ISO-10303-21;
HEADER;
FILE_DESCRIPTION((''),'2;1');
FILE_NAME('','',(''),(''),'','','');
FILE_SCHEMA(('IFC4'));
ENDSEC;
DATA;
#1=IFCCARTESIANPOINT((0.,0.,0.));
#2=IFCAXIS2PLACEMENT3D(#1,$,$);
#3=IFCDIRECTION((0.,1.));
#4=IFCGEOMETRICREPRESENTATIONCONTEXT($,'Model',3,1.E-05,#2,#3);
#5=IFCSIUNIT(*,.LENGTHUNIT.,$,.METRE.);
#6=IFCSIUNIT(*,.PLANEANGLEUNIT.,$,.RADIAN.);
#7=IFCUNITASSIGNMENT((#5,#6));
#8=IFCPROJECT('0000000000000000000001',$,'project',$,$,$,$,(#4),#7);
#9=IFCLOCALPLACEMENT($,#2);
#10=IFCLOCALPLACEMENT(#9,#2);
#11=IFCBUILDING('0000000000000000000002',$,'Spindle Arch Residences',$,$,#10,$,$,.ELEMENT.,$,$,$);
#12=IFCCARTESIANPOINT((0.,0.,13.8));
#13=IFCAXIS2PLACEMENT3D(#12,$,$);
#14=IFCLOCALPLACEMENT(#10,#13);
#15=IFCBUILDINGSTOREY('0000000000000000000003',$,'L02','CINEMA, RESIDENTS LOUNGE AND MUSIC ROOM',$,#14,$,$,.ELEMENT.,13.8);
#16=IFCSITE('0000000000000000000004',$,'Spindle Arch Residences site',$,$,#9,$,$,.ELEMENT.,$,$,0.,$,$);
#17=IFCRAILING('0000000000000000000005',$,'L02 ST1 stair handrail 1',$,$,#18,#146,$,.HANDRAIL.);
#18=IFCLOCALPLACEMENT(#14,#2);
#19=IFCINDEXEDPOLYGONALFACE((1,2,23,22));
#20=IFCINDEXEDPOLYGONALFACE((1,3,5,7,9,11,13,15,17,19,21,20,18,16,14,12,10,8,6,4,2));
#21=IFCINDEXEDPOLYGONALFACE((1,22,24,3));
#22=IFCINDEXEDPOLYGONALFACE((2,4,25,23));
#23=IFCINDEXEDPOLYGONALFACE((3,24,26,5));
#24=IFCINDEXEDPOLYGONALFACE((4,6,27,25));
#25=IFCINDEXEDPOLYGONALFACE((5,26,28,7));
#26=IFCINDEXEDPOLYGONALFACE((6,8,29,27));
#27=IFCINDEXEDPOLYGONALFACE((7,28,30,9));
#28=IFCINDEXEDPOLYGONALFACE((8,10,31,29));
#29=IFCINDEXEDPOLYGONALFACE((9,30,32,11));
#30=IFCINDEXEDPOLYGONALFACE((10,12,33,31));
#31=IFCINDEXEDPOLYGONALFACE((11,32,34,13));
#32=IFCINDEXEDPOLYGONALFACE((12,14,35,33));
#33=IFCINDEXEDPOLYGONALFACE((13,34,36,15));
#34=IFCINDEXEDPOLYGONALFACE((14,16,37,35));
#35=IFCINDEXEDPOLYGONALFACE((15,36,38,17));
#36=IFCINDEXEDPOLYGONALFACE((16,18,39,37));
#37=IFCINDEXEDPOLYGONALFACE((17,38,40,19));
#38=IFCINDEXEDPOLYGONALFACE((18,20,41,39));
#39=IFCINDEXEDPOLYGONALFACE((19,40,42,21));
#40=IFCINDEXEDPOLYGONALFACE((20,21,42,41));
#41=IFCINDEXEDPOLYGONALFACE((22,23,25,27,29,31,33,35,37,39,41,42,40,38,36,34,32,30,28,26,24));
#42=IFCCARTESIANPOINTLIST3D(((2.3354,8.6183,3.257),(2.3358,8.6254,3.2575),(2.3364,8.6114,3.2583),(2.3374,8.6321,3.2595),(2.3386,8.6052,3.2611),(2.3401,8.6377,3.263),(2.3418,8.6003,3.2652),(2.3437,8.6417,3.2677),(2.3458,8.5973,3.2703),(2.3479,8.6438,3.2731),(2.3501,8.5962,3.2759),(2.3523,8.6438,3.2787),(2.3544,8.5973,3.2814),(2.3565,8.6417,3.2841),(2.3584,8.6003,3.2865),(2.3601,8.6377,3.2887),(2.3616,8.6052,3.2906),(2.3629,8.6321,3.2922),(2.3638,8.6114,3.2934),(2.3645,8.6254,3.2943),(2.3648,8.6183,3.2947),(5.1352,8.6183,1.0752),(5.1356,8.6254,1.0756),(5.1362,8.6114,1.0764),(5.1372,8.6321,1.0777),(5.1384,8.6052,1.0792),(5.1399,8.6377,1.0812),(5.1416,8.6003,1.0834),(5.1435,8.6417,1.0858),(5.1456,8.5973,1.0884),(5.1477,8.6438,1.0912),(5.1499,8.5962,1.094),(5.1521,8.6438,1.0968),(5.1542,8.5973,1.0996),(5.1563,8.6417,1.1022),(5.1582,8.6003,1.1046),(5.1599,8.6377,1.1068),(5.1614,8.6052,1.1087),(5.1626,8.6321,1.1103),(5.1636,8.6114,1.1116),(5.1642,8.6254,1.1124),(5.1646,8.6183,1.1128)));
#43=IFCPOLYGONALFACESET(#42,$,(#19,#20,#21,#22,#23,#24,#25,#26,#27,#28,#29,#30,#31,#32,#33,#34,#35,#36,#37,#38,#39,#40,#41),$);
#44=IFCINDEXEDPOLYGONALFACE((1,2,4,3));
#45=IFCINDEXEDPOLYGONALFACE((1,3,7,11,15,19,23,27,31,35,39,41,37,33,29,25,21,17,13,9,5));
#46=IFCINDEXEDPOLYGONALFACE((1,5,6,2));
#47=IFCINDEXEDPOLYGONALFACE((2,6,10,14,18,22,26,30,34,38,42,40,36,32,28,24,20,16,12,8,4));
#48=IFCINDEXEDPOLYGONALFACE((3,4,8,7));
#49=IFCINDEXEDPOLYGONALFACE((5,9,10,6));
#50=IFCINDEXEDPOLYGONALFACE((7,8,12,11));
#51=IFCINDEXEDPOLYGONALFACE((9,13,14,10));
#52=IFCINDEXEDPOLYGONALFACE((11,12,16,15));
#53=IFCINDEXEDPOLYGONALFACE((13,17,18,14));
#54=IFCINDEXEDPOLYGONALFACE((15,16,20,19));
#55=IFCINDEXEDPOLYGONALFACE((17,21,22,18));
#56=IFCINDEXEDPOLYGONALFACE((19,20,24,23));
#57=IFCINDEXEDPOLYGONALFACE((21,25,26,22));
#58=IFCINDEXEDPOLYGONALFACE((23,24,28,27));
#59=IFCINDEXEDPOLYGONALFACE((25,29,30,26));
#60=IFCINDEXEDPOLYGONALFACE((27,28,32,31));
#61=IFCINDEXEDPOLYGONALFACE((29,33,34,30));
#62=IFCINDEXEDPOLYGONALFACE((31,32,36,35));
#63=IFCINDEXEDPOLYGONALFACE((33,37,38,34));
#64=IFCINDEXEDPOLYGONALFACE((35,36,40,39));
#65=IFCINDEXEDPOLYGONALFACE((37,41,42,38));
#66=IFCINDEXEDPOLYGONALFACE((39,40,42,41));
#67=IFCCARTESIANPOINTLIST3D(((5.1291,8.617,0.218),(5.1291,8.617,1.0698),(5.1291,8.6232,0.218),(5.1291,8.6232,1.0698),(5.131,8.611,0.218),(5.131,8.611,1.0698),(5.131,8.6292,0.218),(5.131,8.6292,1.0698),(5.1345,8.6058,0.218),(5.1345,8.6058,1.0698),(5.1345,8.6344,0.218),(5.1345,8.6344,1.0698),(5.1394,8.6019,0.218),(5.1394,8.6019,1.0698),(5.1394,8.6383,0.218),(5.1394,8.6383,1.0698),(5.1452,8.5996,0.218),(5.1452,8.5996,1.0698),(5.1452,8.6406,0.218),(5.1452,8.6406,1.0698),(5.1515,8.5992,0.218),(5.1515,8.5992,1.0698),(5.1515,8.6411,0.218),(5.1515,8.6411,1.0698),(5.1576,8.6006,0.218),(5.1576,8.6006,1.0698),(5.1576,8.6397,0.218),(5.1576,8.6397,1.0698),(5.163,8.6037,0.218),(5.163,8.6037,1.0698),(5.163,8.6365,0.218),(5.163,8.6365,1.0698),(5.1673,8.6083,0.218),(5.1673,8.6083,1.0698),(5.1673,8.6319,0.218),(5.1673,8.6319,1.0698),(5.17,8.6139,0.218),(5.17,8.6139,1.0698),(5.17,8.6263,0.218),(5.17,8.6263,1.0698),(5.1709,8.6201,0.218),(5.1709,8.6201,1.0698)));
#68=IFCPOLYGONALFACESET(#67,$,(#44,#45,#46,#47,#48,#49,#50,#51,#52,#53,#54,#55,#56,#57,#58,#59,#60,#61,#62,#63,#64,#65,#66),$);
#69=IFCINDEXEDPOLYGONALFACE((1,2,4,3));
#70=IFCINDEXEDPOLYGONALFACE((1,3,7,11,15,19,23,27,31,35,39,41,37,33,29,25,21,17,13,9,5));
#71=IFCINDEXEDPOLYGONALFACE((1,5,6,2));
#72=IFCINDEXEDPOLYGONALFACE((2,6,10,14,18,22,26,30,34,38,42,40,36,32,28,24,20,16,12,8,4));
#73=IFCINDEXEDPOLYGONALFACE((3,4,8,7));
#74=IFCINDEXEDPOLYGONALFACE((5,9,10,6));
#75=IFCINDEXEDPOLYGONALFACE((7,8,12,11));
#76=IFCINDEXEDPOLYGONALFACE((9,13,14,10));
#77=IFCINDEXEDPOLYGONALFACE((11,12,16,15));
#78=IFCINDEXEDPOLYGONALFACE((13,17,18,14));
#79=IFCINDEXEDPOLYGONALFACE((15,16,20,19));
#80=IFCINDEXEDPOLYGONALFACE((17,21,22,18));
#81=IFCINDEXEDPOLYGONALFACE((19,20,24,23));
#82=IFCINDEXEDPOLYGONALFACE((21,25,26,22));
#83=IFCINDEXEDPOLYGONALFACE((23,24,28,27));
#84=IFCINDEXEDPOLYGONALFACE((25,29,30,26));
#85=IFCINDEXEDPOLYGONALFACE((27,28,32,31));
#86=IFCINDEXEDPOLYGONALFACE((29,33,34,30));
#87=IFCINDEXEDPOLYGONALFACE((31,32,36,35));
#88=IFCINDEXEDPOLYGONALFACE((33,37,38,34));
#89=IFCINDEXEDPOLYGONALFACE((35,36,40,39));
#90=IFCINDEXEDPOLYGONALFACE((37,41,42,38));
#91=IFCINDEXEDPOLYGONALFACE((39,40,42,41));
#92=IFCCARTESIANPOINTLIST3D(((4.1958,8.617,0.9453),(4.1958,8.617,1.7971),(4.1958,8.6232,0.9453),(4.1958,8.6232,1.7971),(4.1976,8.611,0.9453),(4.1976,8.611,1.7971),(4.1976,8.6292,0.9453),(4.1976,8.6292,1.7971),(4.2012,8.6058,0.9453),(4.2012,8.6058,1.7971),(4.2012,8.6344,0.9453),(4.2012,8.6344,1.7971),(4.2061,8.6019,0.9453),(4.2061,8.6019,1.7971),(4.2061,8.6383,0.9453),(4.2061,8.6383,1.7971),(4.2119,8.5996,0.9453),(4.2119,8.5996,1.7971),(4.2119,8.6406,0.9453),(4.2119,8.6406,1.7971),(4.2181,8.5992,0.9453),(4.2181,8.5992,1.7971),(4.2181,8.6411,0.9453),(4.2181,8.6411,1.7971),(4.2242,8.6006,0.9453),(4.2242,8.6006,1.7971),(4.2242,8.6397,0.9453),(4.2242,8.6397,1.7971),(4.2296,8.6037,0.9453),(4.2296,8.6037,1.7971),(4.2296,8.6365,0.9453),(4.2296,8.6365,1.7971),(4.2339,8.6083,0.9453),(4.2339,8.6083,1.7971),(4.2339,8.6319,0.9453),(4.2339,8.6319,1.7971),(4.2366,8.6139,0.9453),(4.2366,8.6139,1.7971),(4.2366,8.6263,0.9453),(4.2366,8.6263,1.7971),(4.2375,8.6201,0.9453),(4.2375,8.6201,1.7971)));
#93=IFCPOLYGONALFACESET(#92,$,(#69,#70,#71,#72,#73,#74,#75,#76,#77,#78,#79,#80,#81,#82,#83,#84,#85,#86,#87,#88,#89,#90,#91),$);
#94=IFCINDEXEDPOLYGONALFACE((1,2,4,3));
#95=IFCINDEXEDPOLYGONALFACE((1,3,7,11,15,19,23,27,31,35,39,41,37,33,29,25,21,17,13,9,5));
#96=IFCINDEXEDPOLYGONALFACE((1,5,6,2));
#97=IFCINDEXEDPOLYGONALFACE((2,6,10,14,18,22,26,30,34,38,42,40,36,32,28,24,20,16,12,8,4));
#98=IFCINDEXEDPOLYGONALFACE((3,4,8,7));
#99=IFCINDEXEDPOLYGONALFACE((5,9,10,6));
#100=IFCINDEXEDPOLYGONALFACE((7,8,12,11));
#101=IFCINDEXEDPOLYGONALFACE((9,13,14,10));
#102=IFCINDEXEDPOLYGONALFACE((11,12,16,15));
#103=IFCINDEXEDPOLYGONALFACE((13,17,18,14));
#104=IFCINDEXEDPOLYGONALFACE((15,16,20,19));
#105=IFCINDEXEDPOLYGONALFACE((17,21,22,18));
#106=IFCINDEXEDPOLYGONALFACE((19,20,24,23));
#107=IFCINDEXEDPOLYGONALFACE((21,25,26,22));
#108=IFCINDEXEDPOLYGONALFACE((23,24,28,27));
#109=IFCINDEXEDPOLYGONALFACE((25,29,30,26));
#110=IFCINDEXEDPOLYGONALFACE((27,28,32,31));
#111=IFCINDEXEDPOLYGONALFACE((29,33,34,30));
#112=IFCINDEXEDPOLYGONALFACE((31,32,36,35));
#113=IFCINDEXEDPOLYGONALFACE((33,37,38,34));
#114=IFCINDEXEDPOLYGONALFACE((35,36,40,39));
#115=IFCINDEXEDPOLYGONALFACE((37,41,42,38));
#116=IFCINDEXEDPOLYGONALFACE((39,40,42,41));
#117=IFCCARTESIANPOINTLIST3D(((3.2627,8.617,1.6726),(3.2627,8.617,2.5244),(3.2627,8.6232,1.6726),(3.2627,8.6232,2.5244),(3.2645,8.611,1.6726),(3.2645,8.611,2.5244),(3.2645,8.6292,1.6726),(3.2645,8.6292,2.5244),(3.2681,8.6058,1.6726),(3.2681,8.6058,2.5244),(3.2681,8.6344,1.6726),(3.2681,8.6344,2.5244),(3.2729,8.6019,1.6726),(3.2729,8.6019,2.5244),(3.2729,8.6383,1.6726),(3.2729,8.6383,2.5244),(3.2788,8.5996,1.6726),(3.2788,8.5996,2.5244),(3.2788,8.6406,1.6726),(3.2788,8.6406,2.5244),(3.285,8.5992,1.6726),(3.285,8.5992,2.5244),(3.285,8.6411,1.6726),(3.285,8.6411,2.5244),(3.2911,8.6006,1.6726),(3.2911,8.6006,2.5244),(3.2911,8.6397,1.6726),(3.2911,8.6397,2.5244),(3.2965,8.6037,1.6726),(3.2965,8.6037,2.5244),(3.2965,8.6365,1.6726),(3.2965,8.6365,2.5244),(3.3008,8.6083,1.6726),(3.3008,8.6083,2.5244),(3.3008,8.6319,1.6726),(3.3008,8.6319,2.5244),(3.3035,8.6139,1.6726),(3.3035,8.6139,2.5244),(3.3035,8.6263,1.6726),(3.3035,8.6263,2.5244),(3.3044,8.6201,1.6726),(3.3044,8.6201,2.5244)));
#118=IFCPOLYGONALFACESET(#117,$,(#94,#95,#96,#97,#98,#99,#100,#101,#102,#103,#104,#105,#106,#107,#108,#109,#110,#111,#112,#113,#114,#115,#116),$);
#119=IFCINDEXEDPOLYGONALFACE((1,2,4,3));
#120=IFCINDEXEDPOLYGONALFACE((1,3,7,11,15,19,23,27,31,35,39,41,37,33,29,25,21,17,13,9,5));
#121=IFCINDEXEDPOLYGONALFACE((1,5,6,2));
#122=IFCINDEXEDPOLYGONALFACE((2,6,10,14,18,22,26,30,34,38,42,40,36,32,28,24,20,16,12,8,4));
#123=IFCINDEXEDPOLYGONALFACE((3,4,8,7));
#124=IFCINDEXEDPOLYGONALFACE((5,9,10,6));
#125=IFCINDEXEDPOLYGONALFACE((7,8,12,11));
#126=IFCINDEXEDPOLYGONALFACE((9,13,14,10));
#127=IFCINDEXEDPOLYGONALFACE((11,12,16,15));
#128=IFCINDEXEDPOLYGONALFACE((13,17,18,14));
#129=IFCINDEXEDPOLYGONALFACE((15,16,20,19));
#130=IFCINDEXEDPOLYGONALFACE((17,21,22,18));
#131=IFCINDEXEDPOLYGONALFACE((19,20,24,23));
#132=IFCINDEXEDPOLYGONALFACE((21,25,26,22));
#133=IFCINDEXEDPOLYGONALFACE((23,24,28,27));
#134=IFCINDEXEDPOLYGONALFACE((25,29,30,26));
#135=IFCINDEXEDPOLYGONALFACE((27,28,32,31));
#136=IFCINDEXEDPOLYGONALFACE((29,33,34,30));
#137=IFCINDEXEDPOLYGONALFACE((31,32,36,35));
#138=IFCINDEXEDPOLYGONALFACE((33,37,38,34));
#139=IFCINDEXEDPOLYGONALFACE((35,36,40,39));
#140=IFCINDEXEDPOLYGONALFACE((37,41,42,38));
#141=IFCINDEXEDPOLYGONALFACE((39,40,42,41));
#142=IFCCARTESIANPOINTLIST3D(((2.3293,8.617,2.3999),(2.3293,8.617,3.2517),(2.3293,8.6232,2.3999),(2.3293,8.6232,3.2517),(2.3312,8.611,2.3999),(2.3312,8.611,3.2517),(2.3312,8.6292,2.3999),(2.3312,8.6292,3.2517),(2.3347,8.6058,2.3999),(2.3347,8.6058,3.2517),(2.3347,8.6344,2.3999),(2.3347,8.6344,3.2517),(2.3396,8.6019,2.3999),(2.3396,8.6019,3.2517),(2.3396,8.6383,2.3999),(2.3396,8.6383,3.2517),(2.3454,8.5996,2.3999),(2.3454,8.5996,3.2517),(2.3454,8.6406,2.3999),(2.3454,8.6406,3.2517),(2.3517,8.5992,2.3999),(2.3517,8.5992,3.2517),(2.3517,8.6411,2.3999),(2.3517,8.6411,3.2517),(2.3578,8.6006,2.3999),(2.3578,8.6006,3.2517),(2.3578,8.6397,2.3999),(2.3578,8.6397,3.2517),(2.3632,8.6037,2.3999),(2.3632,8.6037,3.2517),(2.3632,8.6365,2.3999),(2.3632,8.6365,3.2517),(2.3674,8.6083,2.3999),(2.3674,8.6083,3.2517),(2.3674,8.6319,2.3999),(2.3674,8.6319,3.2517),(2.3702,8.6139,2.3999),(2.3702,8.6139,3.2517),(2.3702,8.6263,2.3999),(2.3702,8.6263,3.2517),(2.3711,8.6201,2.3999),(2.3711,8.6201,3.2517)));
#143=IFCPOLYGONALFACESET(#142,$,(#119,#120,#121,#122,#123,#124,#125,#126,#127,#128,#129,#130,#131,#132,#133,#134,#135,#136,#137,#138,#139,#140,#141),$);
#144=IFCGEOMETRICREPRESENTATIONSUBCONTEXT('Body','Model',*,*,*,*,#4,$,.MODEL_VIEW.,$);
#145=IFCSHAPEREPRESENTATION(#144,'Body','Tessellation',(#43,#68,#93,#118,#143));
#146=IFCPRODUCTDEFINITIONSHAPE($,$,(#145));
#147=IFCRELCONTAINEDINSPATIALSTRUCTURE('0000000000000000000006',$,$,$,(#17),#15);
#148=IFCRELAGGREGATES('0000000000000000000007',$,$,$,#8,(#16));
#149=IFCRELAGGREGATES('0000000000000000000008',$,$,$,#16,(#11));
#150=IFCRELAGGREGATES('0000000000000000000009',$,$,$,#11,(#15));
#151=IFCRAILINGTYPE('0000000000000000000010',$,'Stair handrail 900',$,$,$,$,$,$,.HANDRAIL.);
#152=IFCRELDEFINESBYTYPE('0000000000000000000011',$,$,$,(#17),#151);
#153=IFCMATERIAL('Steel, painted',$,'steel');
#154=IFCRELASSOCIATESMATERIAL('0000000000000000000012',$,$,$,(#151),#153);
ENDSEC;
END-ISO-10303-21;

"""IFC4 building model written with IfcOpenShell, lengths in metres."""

from ifc_helpers import new_model, si_unit, direction, frame, origin, origin_2d, place, context, subcontext, project, spatial, circle, extrude, material, type_object, element, save


model = new_model("IFC4")

# Units and contexts
model_context = context("Model", 3, precision=1e-05, world=origin(), true_north=direction((0.0, 1.0)))
body_context = subcontext(model_context, "Body", "Model", "MODEL_VIEW")
ifc_project = project(units=[si_unit("LENGTHUNIT", "METRE"), si_unit("PLANEANGLEUNIT", "RADIAN")], contexts=[model_context])

# Site, building, storey
site_placement = place(None, origin())
site = spatial("IfcSite", under=ifc_project, at=site_placement, Name="Spindle Arch Residences site", CompositionType="ELEMENT", RefElevation=0.0)
building_placement = place(site_placement, origin())
building = spatial("IfcBuilding", under=site, at=building_placement, Name="Spindle Arch Residences", CompositionType="ELEMENT")
storey_placement = place(building_placement, frame((0.0, 0.0, 13.8)))
storey = spatial("IfcBuildingStorey", under=building, at=storey_placement, Name="L02", Description="CINEMA, RESIDENTS LOUNGE AND MUSIC ROOM", CompositionType="ELEMENT", Elevation=13.8)

# Railing
ifc_material_1 = material(Name="Steel, painted", Category="steel")
railing_type_1 = type_object("IfcRailingType", Name="Stair handrail 900", PredefinedType="HANDRAIL", material=ifc_material_1)
railing_1_placement = place(storey_placement, frame((5.1499, 8.6201, 0.218)))
element("IfcRailing", 1, at=railing_1_placement, inside=storey, type_object=railing_type_1, Name="L02 ST1 stair handrail 1", PredefinedType="HANDRAIL", context=body_context, shape_type="SweptSolid", body=[
    extrude(circle(Radius=0.0239, at=origin_2d()), frame((0.0, 0.0, 0.876), z_axis=(-0.78877, 0.0, 0.614688), x_axis=(0.0, -1.0, 0.0)), (0.0, 0.0, 1.0), 3.5496),
    extrude(circle(Radius=0.021, at=origin_2d()), origin(), (0.0, 0.0, 1.0), 0.8518),
    extrude(circle(Radius=0.021, at=origin_2d()), frame((-0.9333, 0.0, 0.7273)), (0.0, 0.0, 1.0), 0.8518),
    extrude(circle(Radius=0.021, at=origin_2d()), frame((-1.8665, 0.0, 1.4546)), (0.0, 0.0, 1.0), 0.8518),
    extrude(circle(Radius=0.021, at=origin_2d()), frame((-2.7998, 0.0, 2.1819)), (0.0, 0.0, 1.0), 0.8518),
])

save(model, "model.ifc")
